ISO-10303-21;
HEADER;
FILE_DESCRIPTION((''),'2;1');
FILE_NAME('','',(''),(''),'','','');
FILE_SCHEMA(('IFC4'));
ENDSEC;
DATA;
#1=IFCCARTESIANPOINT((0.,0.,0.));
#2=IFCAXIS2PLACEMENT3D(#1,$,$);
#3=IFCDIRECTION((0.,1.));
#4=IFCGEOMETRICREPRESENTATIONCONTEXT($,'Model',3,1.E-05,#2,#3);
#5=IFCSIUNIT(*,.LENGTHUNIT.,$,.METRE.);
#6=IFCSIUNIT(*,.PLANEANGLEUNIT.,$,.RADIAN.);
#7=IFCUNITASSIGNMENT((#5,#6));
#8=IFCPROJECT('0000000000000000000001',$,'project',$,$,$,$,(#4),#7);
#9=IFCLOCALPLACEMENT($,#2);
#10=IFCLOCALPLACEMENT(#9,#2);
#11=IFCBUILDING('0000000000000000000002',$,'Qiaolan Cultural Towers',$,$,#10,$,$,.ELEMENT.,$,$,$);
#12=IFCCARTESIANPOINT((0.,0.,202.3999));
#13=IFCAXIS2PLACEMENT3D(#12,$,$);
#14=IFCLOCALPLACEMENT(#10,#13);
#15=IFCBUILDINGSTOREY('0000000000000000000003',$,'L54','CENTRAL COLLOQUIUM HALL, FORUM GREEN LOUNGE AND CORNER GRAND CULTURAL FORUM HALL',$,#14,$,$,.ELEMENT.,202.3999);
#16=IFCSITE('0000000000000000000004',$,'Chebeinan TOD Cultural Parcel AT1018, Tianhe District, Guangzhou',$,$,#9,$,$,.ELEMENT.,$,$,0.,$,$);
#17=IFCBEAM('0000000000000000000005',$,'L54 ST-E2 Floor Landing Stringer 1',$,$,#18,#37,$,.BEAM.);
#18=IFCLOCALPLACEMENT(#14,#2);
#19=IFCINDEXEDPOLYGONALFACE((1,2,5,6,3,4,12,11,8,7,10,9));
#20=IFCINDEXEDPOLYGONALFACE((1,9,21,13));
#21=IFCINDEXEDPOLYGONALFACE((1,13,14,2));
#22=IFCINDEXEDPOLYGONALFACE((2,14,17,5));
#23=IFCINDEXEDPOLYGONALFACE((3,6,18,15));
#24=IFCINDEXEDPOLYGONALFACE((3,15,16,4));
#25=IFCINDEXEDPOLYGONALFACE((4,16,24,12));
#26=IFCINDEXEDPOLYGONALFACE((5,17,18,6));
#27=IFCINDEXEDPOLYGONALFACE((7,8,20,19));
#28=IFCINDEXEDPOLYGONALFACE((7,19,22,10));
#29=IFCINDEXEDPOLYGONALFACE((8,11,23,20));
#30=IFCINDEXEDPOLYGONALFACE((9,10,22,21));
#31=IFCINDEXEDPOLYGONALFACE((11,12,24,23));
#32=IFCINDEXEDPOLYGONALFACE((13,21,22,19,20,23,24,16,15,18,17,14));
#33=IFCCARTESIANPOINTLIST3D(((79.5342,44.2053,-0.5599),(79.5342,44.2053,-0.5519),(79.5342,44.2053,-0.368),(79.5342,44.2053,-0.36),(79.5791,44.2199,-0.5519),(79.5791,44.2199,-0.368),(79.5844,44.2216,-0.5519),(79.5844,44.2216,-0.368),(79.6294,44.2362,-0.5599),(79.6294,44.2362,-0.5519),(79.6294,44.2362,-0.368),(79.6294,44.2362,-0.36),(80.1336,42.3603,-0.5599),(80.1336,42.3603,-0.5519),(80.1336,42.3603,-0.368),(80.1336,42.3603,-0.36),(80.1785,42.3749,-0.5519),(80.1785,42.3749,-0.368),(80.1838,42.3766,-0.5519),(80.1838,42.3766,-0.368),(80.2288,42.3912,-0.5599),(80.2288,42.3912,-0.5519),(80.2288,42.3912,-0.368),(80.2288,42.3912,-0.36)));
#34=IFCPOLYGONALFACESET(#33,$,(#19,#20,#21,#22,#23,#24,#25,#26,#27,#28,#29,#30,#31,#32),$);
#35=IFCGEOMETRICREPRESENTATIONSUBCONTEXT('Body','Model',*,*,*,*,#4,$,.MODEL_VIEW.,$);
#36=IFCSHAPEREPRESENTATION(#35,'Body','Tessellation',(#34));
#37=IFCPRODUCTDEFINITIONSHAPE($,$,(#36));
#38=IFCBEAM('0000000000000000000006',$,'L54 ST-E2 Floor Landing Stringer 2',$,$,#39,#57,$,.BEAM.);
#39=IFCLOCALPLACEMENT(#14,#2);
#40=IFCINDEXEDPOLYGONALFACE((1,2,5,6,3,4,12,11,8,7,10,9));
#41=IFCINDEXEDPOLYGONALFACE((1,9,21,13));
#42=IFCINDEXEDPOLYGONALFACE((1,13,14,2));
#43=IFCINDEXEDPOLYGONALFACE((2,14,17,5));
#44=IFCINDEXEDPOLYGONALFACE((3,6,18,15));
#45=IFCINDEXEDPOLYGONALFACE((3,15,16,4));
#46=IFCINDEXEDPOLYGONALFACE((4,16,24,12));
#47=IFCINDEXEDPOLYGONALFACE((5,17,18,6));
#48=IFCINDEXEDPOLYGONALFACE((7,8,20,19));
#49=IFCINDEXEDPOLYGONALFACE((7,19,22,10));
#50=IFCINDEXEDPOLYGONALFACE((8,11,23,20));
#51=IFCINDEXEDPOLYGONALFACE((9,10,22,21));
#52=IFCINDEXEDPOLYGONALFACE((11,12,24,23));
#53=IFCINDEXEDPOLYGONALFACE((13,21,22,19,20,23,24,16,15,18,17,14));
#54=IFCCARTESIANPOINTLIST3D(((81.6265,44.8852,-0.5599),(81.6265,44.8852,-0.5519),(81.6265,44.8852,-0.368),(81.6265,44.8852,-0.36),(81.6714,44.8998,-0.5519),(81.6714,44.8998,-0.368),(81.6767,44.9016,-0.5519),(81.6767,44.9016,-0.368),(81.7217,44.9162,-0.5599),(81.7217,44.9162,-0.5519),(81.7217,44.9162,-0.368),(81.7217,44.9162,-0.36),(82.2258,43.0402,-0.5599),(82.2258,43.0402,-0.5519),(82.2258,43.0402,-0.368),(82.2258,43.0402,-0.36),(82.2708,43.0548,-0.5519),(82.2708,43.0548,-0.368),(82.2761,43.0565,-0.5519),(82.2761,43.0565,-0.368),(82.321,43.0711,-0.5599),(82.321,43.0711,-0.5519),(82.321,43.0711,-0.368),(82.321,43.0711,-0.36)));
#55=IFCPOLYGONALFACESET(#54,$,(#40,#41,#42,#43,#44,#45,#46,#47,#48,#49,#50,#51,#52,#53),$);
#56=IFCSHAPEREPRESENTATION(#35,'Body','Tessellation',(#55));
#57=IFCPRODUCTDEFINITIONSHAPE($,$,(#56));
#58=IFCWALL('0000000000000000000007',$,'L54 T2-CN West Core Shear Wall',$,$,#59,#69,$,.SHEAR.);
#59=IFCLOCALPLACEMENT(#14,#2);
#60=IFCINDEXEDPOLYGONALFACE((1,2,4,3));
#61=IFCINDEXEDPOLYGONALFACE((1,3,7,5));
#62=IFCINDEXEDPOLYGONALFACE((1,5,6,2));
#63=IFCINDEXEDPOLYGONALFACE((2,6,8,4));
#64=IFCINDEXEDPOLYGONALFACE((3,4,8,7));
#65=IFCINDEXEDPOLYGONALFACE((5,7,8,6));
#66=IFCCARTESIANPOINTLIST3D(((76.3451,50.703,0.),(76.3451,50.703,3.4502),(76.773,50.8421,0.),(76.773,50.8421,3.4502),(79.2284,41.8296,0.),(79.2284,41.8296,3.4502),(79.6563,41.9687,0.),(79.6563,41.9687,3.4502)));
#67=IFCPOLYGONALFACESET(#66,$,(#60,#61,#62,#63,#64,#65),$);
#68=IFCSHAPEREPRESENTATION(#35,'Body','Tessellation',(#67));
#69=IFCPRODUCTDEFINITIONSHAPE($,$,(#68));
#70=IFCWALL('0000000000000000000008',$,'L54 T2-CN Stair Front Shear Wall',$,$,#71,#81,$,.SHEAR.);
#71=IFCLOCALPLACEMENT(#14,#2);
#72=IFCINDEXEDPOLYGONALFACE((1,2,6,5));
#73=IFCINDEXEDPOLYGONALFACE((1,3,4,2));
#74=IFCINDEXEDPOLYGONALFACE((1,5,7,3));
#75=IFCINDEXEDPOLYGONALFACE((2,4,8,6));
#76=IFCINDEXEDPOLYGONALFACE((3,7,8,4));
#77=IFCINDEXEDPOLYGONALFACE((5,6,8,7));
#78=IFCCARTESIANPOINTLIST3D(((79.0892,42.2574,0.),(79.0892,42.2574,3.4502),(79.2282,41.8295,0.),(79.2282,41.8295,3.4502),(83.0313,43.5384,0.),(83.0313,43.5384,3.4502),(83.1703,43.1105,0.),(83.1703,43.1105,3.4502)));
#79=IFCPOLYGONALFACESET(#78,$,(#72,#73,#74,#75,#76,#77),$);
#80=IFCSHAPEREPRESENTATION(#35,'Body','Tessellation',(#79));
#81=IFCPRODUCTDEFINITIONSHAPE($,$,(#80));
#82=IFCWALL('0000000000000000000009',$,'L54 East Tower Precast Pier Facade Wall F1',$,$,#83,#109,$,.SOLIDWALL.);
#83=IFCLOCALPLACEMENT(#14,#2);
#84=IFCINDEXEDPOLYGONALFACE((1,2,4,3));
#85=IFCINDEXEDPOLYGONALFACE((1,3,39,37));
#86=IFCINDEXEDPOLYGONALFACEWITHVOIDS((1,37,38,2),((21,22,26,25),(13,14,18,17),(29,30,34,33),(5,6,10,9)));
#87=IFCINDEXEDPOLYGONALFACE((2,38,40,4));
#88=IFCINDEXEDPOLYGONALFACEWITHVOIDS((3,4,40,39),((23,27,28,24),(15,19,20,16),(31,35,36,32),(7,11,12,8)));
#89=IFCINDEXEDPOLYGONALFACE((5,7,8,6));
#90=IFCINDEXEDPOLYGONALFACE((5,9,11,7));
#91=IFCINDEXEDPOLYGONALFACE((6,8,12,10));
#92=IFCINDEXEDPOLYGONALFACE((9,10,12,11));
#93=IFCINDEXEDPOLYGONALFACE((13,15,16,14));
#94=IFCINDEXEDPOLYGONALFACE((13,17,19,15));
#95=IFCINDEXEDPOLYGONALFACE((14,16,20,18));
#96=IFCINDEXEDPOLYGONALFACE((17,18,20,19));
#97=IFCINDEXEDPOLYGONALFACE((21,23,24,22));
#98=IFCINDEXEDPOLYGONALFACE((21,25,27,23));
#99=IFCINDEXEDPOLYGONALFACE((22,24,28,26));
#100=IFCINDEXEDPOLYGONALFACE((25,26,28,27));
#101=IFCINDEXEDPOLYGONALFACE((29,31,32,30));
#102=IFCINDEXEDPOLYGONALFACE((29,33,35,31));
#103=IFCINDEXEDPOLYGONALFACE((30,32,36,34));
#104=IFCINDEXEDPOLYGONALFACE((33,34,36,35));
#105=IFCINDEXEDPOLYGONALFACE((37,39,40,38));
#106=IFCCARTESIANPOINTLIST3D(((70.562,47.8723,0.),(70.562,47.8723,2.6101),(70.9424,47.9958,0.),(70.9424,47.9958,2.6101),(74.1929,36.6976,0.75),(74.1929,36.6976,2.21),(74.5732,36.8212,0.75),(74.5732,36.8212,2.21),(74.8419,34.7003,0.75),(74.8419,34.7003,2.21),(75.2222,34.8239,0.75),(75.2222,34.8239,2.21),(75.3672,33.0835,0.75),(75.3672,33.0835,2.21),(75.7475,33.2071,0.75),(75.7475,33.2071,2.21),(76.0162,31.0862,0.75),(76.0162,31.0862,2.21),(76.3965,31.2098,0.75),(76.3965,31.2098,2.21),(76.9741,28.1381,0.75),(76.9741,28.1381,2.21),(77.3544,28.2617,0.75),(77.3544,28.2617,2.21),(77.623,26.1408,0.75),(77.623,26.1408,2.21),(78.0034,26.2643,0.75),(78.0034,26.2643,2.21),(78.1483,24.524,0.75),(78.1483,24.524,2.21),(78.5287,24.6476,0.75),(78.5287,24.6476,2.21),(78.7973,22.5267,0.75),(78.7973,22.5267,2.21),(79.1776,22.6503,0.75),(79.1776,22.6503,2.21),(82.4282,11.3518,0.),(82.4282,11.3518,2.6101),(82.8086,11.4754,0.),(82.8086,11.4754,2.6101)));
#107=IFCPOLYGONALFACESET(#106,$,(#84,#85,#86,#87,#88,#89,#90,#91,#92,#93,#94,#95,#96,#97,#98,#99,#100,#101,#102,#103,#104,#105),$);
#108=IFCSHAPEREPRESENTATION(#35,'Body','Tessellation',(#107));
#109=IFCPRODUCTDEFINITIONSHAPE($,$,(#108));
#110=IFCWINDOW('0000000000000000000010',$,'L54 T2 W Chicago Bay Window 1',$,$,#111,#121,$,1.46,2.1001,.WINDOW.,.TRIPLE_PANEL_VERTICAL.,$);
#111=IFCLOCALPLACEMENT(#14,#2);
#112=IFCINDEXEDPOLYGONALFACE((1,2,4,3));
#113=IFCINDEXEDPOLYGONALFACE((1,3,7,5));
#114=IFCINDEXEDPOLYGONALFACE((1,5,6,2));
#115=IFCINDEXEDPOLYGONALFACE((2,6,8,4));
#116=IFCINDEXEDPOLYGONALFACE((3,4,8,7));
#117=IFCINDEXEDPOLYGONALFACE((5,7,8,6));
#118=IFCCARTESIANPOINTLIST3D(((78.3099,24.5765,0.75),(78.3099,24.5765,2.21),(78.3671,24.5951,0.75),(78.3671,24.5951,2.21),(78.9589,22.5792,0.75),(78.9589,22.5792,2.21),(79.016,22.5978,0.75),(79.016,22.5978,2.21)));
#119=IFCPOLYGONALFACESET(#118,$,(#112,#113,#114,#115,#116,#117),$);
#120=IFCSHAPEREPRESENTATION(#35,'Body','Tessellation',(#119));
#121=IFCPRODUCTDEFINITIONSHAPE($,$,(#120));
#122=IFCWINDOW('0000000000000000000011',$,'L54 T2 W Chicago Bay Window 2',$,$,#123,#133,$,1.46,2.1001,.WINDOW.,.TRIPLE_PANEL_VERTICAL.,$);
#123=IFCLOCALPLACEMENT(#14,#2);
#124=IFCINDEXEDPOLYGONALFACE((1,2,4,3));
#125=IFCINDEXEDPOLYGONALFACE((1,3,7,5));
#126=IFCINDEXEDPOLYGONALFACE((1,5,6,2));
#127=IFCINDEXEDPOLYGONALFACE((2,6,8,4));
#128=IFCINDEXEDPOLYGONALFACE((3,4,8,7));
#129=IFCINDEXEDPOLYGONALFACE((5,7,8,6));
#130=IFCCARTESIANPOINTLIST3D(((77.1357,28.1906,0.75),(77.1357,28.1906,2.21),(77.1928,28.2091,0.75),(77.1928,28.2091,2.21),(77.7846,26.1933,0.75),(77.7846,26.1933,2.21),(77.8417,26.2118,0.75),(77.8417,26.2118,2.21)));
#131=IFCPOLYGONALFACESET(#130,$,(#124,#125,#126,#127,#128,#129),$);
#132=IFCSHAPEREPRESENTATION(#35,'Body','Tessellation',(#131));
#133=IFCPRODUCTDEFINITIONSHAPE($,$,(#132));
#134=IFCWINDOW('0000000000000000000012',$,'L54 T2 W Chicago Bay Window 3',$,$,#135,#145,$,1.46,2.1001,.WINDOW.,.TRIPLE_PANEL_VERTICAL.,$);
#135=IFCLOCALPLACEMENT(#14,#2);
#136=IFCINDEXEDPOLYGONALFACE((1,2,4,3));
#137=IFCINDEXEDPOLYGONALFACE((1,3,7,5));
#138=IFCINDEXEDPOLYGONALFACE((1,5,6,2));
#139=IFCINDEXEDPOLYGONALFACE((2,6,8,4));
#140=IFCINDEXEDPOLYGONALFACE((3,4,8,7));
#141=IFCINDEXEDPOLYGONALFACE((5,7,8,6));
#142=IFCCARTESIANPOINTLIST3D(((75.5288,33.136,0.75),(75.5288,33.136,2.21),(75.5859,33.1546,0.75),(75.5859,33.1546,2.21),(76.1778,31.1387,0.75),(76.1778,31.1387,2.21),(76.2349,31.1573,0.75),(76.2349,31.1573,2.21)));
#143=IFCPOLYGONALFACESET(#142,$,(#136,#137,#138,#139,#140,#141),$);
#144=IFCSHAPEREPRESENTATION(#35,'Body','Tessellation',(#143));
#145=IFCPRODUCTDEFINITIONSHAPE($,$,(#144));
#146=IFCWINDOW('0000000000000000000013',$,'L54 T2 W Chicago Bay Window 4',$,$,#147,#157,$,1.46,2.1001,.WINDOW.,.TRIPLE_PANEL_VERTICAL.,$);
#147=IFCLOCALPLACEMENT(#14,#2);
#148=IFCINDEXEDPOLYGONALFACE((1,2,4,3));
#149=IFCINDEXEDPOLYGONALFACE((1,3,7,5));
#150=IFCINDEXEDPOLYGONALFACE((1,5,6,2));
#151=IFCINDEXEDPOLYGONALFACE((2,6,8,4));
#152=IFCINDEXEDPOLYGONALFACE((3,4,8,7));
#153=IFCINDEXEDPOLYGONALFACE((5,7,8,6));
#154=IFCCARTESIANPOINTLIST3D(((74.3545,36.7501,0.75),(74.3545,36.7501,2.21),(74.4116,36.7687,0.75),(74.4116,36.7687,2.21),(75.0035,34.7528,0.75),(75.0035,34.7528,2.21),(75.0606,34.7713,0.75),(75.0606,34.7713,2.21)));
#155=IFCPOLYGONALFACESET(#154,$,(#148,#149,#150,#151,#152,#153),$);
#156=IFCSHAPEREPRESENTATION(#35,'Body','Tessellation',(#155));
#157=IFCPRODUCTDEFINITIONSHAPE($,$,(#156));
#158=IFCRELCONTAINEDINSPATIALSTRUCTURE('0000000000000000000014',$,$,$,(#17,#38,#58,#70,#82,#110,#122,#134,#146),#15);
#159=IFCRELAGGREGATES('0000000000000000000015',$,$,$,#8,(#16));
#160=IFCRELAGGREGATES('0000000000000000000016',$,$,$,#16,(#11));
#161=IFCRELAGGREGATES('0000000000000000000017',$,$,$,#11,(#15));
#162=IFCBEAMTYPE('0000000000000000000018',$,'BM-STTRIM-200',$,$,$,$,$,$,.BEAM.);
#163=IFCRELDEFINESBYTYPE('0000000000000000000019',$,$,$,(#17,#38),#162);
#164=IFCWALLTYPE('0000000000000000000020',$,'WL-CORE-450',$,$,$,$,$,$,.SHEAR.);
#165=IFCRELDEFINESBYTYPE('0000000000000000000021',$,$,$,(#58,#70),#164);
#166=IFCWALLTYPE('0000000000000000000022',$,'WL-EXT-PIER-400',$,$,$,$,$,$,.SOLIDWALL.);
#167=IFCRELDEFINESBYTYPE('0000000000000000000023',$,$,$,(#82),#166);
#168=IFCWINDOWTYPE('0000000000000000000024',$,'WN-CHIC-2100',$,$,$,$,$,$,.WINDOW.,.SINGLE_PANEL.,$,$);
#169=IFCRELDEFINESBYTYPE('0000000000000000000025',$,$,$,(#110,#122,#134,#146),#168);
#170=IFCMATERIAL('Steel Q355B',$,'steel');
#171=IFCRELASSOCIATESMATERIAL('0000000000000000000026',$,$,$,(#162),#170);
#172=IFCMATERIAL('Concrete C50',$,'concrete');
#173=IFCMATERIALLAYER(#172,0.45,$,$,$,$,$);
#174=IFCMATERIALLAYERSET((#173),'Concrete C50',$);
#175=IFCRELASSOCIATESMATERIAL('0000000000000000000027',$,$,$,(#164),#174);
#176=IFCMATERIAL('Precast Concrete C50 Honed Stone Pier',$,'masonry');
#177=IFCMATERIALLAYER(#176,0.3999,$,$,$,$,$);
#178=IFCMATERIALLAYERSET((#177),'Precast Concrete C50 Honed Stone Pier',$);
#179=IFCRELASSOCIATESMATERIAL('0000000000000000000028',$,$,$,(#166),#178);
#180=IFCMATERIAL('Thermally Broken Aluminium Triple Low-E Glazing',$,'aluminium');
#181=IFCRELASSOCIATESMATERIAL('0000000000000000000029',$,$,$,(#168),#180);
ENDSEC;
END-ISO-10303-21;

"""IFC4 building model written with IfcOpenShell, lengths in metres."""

from ifc_helpers import new_model, si_unit, direction, frame, frame_2d, origin, origin_2d, place, context, subcontext, project, spatial, rectangle, i_section, extrude, material, layer, layer_set, material_profile, profile_set, type_object, element, fill, save


model = new_model("IFC4")

# Units and contexts
model_context = context("Model", 3, precision=1e-05, world=origin(), true_north=direction((0.0, 1.0)))
body_context = subcontext(model_context, "Body", "Model", "MODEL_VIEW")
ifc_project = project(units=[si_unit("LENGTHUNIT", "METRE"), si_unit("PLANEANGLEUNIT", "RADIAN")], contexts=[model_context])

# Site, building, storey
site_placement = place(None, origin())
site = spatial("IfcSite", under=ifc_project, at=site_placement, Name="Chebeinan TOD Cultural Parcel AT1018, Tianhe District, Guangzhou", CompositionType="ELEMENT", RefElevation=0.0)
building_placement = place(site_placement, origin())
building = spatial("IfcBuilding", under=site, at=building_placement, Name="Qiaolan Cultural Towers", CompositionType="ELEMENT")
storey_placement = place(building_placement, frame((0.0, 0.0, 202.3999)))
storey = spatial("IfcBuildingStorey", under=building, at=storey_placement, Name="L54", Description="CENTRAL COLLOQUIUM HALL, FORUM GREEN LOUNGE AND CORNER GRAND CULTURAL FORUM HALL", CompositionType="ELEMENT", Elevation=202.3999)

# Beams
ifc_material_1 = material(Name="Steel Q355B", Category="steel")
ifc_material_profile_1 = material_profile(ifc_material_1, i_section(OverallWidth=0.1001, OverallDepth=0.2, WebThickness=0.0056, FlangeThickness=0.0081, at=origin_2d()), Name="HN200x100x5.5x8")
ifc_profile_set_1 = profile_set([ifc_material_profile_1], Name="Steel Q355B")
beam_type_1 = type_object("IfcBeamType", Name="BM-STTRIM-200", PredefinedType="BEAM", material=ifc_profile_set_1)
for number, where, z_axis, x_axis, name in (
    (1, (80.1812, 42.3757, -0.46), (-0.308969, 0.951072, 0.0), (-0.951072, -0.308969, 0.0), "L54 ST-E2 Floor Landing Stringer 1"),
    (2, (82.2734, 43.0557, -0.46), (-0.308969, 0.951072, 0.0), (-0.951072, -0.308969, 0.0), "L54 ST-E2 Floor Landing Stringer 2"),
):
    element("IfcBeam", number, at=place(storey_placement, frame(where, z_axis=z_axis, x_axis=x_axis)), inside=storey, type_object=beam_type_1, Name=name, PredefinedType="BEAM", context=body_context, shape_type="SweptSolid", body=[
        extrude(i_section(OverallWidth=0.1001, OverallDepth=0.2, WebThickness=0.0056, FlangeThickness=0.0081, at=origin_2d()), origin(), (0.0, 0.0, 1.0), 1.9399),
    ])

# Walls
ifc_material_2 = material(Name="Concrete C50", Category="concrete")
ifc_layer_1 = layer(ifc_material_2, 0.45)
ifc_layer_set_1 = layer_set([ifc_layer_1], Name="Concrete C50")
wall_type_1 = type_object("IfcWallType", Name="WL-CORE-450", PredefinedType="SHEAR", material=ifc_layer_set_1)
wall_1_placement = place(storey_placement, frame((79.4424, 41.8992, 0.0), z_axis=(0.0, 0.0, 1.0), x_axis=(-0.309036, 0.95105, 0.0)))
element("IfcWall", 3, at=wall_1_placement, inside=storey, type_object=wall_type_1, Name="L54 T2-CN West Core Shear Wall", PredefinedType="SHEAR", context=body_context, shape_type="SweptSolid", body=[
    extrude(rectangle(XDim=9.3301, YDim=0.45, at=frame_2d((4.665, 0.0))), origin(), (0.0, 0.0, 1.0), 3.4502),
])
wall_2_placement = place(storey_placement, frame((79.1587, 42.0435, 0.0), z_axis=(0.0, 0.0, 1.0), x_axis=(0.951047, 0.309045, 0.0)))
element("IfcWall", 4, at=wall_2_placement, inside=storey, type_object=wall_type_1, Name="L54 T2-CN Stair Front Shear Wall", PredefinedType="SHEAR", context=body_context, shape_type="SweptSolid", body=[
    extrude(rectangle(XDim=4.145, YDim=0.45, at=frame_2d((2.0725, 0.0))), origin(), (0.0, 0.0, 1.0), 3.4502),
])

# Wall, openings, windows
ifc_material_3 = material(Name="Precast Concrete C50 Honed Stone Pier", Category="masonry")
ifc_layer_2 = layer(ifc_material_3, 0.3999)
ifc_layer_set_2 = layer_set([ifc_layer_2], Name="Precast Concrete C50 Honed Stone Pier")
wall_type_2 = type_object("IfcWallType", Name="WL-EXT-PIER-400", PredefinedType="SOLIDWALL", material=ifc_layer_set_2)
wall_3_placement = place(storey_placement, frame((82.6184, 11.4136, 0.0), z_axis=(0.0, 0.0, 1.0), x_axis=(-0.309016, 0.951057, 0.0)))
wall_3 = element("IfcWall", 5, at=wall_3_placement, inside=storey, type_object=wall_type_2, Name="L54 East Tower Precast Pier Facade Wall F1", PredefinedType="SOLIDWALL", context=body_context, shape_type="SweptSolid", body=[
    extrude(rectangle(XDim=38.3999, YDim=0.3999, at=frame_2d((19.2, 0.0))), origin(), (0.0, 0.0, 1.0), 2.6101),
])
opening_1_placement = place(wall_3_placement, frame((11.75, 0.0, 0.75)))
opening_1 = element("IfcOpeningElement", 6, at=opening_1_placement, cuts=wall_3, PredefinedType="OPENING", context=body_context, shape_type="SweptSolid", body=[
    extrude(rectangle(XDim=2.1001, YDim=1.46, at=frame_2d((1.05, 0.73))), frame((0.0, 0.21, 0.0), z_axis=(0.0, -1.0, 0.0), x_axis=(1.0, 0.0, 0.0)), (0.0, 0.0, 1.0), 0.4199),
])
opening_2_placement = place(wall_3_placement, frame((15.55, 0.0, 0.75)))
opening_2 = element("IfcOpeningElement", 7, at=opening_2_placement, cuts=wall_3, PredefinedType="OPENING", context=body_context, shape_type="SweptSolid", body=[
    extrude(rectangle(XDim=2.1001, YDim=1.46, at=frame_2d((1.05, 0.73))), frame((0.0, 0.21, 0.0), z_axis=(0.0, -1.0, 0.0), x_axis=(1.0, 0.0, 0.0)), (0.0, 0.0, 1.0), 0.4199),
])
opening_3_placement = place(wall_3_placement, frame((20.75, 0.0, 0.75)))
opening_3 = element("IfcOpeningElement", 8, at=opening_3_placement, cuts=wall_3, PredefinedType="OPENING", context=body_context, shape_type="SweptSolid", body=[
    extrude(rectangle(XDim=2.1001, YDim=1.46, at=frame_2d((1.05, 0.73))), frame((0.0, 0.21, 0.0), z_axis=(0.0, -1.0, 0.0), x_axis=(1.0, 0.0, 0.0)), (0.0, 0.0, 1.0), 0.4199),
])
opening_4_placement = place(wall_3_placement, frame((24.55, 0.0, 0.75)))
opening_4 = element("IfcOpeningElement", 9, at=opening_4_placement, cuts=wall_3, PredefinedType="OPENING", context=body_context, shape_type="SweptSolid", body=[
    extrude(rectangle(XDim=2.1001, YDim=1.46, at=frame_2d((1.05, 0.73))), frame((0.0, 0.21, 0.0), z_axis=(0.0, -1.0, 0.0), x_axis=(1.0, 0.0, 0.0)), (0.0, 0.0, 1.0), 0.4199),
])
ifc_material_4 = material(Name="Thermally Broken Aluminium Triple Low-E Glazing", Category="aluminium")
window_type = type_object("IfcWindowType", Name="WN-CHIC-2100", PartitioningType="SINGLE_PANEL", PredefinedType="WINDOW", material=ifc_material_4)
window_1_placement = place(opening_1_placement, origin())
window_1 = element("IfcWindow", 10, at=window_1_placement, inside=storey, type_object=window_type, Name="L54 T2 W Chicago Bay Window 1", OverallHeight=1.46, OverallWidth=2.1001, PartitioningType="TRIPLE_PANEL_VERTICAL", PredefinedType="WINDOW", context=body_context, shape_type="SweptSolid", body=[
    extrude(rectangle(XDim=2.1001, YDim=1.46, at=frame_2d((1.05, 0.73))), frame((0.0, 0.03, 0.0), z_axis=(0.0, -1.0, 0.0), x_axis=(1.0, 0.0, 0.0)), (0.0, 0.0, 1.0), 0.0601),
])
fill(opening_1, window_1)
window_2_placement = place(opening_2_placement, origin())
window_2 = element("IfcWindow", 11, at=window_2_placement, inside=storey, type_object=window_type, Name="L54 T2 W Chicago Bay Window 2", OverallHeight=1.46, OverallWidth=2.1001, PartitioningType="TRIPLE_PANEL_VERTICAL", PredefinedType="WINDOW", context=body_context, shape_type="SweptSolid", body=[
    extrude(rectangle(XDim=2.1001, YDim=1.46, at=frame_2d((1.05, 0.73))), frame((0.0, 0.03, 0.0), z_axis=(0.0, -1.0, 0.0), x_axis=(1.0, 0.0, 0.0)), (0.0, 0.0, 1.0), 0.0601),
])
fill(opening_2, window_2)
window_3_placement = place(opening_3_placement, origin())
window_3 = element("IfcWindow", 12, at=window_3_placement, inside=storey, type_object=window_type, Name="L54 T2 W Chicago Bay Window 3", OverallHeight=1.46, OverallWidth=2.1001, PartitioningType="TRIPLE_PANEL_VERTICAL", PredefinedType="WINDOW", context=body_context, shape_type="SweptSolid", body=[
    extrude(rectangle(XDim=2.1001, YDim=1.46, at=frame_2d((1.05, 0.73))), frame((0.0, 0.03, 0.0), z_axis=(0.0, -1.0, 0.0), x_axis=(1.0, 0.0, 0.0)), (0.0, 0.0, 1.0), 0.0601),
])
fill(opening_3, window_3)
window_4_placement = place(opening_4_placement, origin())
window_4 = element("IfcWindow", 13, at=window_4_placement, inside=storey, type_object=window_type, Name="L54 T2 W Chicago Bay Window 4", OverallHeight=1.46, OverallWidth=2.1001, PartitioningType="TRIPLE_PANEL_VERTICAL", PredefinedType="WINDOW", context=body_context, shape_type="SweptSolid", body=[
    extrude(rectangle(XDim=2.1001, YDim=1.46, at=frame_2d((1.05, 0.73))), frame((0.0, 0.03, 0.0), z_axis=(0.0, -1.0, 0.0), x_axis=(1.0, 0.0, 0.0)), (0.0, 0.0, 1.0), 0.0601),
])
fill(opening_4, window_4)

save(model, "model.ifc")
